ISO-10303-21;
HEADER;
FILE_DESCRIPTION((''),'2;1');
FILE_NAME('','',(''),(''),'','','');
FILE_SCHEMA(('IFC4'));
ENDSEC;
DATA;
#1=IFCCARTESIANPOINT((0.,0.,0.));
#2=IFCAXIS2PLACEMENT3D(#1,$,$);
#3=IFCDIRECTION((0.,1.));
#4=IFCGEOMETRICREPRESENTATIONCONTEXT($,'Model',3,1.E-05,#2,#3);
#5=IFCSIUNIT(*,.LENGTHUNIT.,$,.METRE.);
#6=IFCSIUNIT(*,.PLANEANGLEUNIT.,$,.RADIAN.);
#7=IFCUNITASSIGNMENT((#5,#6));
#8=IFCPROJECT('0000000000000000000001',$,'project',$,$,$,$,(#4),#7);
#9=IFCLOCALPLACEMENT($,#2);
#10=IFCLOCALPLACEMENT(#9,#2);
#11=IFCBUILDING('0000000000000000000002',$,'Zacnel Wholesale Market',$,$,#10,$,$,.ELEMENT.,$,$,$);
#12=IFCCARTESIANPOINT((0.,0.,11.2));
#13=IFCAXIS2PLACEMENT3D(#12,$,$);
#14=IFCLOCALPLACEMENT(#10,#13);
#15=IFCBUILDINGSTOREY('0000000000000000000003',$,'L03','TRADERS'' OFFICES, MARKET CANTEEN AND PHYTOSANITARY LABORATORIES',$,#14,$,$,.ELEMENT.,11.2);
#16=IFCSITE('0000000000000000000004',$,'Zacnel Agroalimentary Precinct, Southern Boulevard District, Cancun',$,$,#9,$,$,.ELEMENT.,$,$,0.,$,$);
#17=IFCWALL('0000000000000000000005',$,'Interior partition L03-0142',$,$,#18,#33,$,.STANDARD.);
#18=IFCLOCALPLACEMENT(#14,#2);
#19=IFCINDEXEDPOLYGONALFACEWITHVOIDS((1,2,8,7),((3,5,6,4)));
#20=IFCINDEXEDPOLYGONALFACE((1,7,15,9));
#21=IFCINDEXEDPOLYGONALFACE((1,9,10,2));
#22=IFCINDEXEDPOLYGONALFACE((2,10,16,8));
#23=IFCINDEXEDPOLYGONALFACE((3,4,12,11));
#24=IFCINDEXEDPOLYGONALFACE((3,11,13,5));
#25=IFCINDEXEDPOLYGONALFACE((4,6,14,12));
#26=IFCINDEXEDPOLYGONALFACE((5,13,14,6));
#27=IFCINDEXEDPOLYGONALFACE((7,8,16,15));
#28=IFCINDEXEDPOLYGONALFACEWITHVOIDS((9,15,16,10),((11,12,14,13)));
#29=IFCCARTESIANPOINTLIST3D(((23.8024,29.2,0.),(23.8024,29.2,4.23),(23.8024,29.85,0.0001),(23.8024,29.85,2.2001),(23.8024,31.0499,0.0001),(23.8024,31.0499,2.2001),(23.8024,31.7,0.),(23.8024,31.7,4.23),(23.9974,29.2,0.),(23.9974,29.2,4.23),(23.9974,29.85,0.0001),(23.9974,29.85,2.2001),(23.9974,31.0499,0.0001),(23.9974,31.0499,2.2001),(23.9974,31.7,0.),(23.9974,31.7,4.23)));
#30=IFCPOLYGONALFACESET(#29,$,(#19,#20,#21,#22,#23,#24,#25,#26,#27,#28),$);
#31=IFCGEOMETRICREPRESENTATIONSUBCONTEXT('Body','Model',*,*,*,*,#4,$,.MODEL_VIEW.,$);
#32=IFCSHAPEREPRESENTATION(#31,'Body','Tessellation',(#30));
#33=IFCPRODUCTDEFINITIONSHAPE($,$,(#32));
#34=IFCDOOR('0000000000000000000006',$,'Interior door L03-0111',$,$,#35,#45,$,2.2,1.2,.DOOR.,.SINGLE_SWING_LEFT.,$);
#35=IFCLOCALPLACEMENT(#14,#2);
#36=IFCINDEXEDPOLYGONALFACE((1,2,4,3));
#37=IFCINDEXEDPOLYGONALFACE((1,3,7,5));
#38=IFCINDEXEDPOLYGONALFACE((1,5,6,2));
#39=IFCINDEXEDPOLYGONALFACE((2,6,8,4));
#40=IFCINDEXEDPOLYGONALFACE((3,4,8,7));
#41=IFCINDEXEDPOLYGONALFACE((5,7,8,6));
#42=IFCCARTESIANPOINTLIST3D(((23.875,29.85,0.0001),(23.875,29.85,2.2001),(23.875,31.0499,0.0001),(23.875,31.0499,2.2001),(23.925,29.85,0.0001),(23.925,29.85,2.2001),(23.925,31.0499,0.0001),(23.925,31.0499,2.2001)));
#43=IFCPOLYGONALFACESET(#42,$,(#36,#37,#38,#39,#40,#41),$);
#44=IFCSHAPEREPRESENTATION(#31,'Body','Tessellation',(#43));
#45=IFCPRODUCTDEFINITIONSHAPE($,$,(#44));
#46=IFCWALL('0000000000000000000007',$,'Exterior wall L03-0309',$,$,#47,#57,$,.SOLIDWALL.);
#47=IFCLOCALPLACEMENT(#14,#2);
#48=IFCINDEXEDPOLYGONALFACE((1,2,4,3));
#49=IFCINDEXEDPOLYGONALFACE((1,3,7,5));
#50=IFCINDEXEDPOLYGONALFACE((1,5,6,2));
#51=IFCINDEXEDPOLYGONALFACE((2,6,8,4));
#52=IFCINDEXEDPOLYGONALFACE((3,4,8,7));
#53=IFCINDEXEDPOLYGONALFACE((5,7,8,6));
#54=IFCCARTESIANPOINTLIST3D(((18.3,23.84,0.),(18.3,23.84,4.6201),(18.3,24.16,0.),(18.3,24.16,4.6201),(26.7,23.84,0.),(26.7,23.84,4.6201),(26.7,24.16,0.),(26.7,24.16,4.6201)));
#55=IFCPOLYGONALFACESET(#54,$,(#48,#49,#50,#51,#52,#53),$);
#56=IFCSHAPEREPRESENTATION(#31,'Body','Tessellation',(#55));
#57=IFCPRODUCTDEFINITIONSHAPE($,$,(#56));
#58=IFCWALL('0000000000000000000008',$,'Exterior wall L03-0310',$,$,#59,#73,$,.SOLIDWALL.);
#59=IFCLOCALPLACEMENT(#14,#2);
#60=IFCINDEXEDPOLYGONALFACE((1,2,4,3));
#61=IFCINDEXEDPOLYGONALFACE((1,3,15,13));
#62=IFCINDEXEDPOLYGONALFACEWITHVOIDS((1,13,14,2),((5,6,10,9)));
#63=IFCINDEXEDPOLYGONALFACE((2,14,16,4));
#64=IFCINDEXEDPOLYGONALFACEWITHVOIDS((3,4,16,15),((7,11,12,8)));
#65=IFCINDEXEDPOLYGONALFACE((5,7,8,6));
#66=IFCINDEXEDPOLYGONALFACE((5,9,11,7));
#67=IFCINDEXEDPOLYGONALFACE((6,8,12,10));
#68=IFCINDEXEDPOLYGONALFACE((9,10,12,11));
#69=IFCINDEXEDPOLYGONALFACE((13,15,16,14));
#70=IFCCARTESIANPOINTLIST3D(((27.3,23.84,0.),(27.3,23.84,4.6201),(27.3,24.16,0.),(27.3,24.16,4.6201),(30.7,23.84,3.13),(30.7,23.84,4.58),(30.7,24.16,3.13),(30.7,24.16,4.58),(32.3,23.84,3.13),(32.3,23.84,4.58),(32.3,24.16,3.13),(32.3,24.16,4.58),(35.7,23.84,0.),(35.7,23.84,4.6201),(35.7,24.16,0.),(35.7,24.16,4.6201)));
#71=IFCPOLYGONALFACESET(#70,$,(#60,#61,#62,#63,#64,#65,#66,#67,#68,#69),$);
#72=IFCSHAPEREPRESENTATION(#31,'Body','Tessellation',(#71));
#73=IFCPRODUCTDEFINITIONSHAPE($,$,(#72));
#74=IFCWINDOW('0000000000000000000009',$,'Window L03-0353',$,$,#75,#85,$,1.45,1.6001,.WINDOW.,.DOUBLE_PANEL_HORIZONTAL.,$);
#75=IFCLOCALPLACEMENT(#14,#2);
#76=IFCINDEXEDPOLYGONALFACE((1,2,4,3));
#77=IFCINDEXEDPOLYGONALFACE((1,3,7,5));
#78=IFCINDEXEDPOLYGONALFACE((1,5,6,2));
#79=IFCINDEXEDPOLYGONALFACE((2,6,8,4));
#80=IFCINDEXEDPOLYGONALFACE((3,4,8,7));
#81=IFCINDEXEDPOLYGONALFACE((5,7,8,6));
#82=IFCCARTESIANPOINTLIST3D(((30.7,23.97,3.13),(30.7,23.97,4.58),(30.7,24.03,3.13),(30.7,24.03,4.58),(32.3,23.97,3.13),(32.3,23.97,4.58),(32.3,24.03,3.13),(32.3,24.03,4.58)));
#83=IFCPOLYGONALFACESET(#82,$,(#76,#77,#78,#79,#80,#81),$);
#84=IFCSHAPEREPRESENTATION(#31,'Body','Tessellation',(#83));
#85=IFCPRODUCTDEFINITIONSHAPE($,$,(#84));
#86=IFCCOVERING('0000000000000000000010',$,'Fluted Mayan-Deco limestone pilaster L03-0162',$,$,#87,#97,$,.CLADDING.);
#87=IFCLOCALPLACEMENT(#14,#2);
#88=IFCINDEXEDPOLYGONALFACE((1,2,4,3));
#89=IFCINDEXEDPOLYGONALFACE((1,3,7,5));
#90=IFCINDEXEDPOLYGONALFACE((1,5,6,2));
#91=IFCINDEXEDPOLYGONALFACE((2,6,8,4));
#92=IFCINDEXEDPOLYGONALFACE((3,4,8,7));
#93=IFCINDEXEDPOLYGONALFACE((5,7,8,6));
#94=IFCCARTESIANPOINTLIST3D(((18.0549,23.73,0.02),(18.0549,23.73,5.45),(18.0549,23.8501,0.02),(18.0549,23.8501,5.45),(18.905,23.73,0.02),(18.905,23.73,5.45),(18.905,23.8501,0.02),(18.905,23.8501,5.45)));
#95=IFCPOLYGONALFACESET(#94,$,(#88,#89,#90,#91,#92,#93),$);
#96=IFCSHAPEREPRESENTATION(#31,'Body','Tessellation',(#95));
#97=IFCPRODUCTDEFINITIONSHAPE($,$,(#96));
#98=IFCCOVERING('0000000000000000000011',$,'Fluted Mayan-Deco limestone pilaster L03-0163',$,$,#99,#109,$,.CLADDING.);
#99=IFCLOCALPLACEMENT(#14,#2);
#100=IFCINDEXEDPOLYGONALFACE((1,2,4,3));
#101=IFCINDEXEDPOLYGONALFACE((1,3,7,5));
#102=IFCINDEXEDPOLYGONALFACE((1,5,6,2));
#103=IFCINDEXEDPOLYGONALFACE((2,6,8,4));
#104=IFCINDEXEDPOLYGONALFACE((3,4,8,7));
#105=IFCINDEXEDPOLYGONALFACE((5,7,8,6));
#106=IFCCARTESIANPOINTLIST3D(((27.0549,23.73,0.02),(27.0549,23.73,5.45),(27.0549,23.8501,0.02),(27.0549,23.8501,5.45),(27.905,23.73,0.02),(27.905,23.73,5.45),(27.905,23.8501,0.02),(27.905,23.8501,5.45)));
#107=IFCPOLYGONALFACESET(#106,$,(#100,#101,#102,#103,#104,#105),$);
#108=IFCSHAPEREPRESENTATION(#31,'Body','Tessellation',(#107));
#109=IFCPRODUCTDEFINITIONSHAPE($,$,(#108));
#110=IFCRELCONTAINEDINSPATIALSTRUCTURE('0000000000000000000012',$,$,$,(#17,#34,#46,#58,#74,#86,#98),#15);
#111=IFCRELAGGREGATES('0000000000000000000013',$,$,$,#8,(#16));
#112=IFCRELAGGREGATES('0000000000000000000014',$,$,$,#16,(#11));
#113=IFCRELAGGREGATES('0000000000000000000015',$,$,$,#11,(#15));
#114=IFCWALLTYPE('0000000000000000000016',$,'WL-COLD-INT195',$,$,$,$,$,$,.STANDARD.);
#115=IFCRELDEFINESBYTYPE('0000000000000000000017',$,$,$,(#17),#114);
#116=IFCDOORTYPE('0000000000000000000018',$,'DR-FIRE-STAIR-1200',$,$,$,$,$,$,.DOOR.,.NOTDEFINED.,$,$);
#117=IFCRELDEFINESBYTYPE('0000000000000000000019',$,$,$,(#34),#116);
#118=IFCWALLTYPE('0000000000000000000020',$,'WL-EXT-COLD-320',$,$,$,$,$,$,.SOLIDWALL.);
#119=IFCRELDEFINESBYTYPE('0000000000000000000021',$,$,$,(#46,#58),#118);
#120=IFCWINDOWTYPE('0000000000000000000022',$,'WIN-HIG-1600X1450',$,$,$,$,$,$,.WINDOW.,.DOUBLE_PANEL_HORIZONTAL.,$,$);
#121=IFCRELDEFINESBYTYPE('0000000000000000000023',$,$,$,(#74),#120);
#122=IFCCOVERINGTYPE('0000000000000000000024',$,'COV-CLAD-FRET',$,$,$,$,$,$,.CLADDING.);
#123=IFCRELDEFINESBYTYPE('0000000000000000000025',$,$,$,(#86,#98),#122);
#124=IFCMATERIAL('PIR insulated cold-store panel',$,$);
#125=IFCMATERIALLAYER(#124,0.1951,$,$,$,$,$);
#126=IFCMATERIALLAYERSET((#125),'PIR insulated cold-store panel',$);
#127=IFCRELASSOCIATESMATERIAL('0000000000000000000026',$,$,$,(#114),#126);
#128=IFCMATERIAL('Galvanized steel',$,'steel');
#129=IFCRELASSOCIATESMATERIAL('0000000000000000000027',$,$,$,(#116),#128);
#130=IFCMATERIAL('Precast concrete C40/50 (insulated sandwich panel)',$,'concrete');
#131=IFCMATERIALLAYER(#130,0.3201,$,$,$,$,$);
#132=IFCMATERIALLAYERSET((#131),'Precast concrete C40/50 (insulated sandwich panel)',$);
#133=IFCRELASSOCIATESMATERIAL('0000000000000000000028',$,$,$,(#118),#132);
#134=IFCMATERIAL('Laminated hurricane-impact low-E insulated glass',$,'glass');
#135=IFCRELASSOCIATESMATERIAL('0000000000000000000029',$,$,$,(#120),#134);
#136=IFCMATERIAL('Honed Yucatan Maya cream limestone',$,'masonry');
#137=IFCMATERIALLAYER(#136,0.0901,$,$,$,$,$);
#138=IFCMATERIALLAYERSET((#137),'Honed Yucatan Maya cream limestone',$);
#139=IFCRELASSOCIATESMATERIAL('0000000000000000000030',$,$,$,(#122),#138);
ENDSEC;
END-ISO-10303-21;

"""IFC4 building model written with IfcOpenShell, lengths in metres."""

from ifc_helpers import new_model, si_unit, direction, frame, frame_2d, origin, origin_2d, place, context, subcontext, project, spatial, rectangle, extrude, material, layer, layer_set, type_object, element, fill, save


model = new_model("IFC4")

# Units and contexts
model_context = context("Model", 3, precision=1e-05, world=origin(), true_north=direction((0.0, 1.0)))
body_context = subcontext(model_context, "Body", "Model", "MODEL_VIEW")
ifc_project = project(units=[si_unit("LENGTHUNIT", "METRE"), si_unit("PLANEANGLEUNIT", "RADIAN")], contexts=[model_context])

# Site, building, storey
site_placement = place(None, origin())
site = spatial("IfcSite", under=ifc_project, at=site_placement, Name="Zacnel Agroalimentary Precinct, Southern Boulevard District, Cancun", CompositionType="ELEMENT", RefElevation=0.0)
building_placement = place(site_placement, origin())
building = spatial("IfcBuilding", under=site, at=building_placement, Name="Zacnel Wholesale Market", CompositionType="ELEMENT")
storey_placement = place(building_placement, frame((0.0, 0.0, 11.2)))
storey = spatial("IfcBuildingStorey", under=building, at=storey_placement, Name="L03", Description="TRADERS' OFFICES, MARKET CANTEEN AND PHYTOSANITARY LABORATORIES", CompositionType="ELEMENT", Elevation=11.2)

# Wall, opening, door
ifc_material_1 = material(Name="PIR insulated cold-store panel")
ifc_layer_1 = layer(ifc_material_1, 0.1951)
ifc_layer_set_1 = layer_set([ifc_layer_1], Name="PIR insulated cold-store panel")
wall_type_1 = type_object("IfcWallType", Name="WL-COLD-INT195", PredefinedType="STANDARD", material=ifc_layer_set_1)
wall_1_placement = place(storey_placement, frame((23.8999, 29.2, 0.0), z_axis=(0.0, 0.0, 1.0), x_axis=(0.0, 1.0, 0.0)))
wall_1 = element("IfcWall", 1, at=wall_1_placement, inside=storey, type_object=wall_type_1, Name="Interior partition L03-0142", PredefinedType="STANDARD", context=body_context, shape_type="SweptSolid", body=[
    extrude(rectangle(XDim=2.5, YDim=0.1951, at=frame_2d((1.25, 0.0))), origin(), (0.0, 0.0, 1.0), 4.23),
])
opening_1_placement = place(wall_1_placement, frame((0.6499, 0.0, 0.0)))
opening_1 = element("IfcOpeningElement", 2, at=opening_1_placement, cuts=wall_1, PredefinedType="OPENING", context=body_context, shape_type="SweptSolid", body=[
    extrude(rectangle(XDim=1.2, YDim=2.2, at=frame_2d((0.6001, 1.1001))), frame((0.0, 0.1074, 0.0), z_axis=(0.0, -1.0, 0.0), x_axis=(1.0, 0.0, 0.0)), (0.0, 0.0, 1.0), 0.2151),
])
ifc_material_2 = material(Name="Galvanized steel", Category="steel")
door_type_1 = type_object("IfcDoorType", Name="DR-FIRE-STAIR-1200", OperationType="NOTDEFINED", PredefinedType="DOOR", material=ifc_material_2)
door_1_placement = place(opening_1_placement, origin())
door_1 = element("IfcDoor", 3, at=door_1_placement, inside=storey, type_object=door_type_1, Name="Interior door L03-0111", OperationType="SINGLE_SWING_LEFT", OverallHeight=2.2, OverallWidth=1.2, PredefinedType="DOOR", context=body_context, shape_type="SweptSolid", body=[
    extrude(rectangle(XDim=1.2, YDim=2.2, at=frame_2d((0.6001, 1.1001))), frame((0.0, 0.0249, 0.0), z_axis=(0.0, -1.0, 0.0), x_axis=(1.0, 0.0, 0.0)), (0.0, 0.0, 1.0), 0.05),
])
fill(opening_1, door_1)

# Wall
ifc_material_3 = material(Name="Precast concrete C40/50 (insulated sandwich panel)", Category="concrete")
ifc_layer_2 = layer(ifc_material_3, 0.3201)
ifc_layer_set_2 = layer_set([ifc_layer_2], Name="Precast concrete C40/50 (insulated sandwich panel)")
wall_type_2 = type_object("IfcWallType", Name="WL-EXT-COLD-320", PredefinedType="SOLIDWALL", material=ifc_layer_set_2)
wall_2_placement = place(storey_placement, frame((18.3, 24.0, 0.0), z_axis=(0.0, 0.0, 1.0), x_axis=(1.0, 0.0, 0.0)))
element("IfcWall", 4, at=wall_2_placement, inside=storey, type_object=wall_type_2, Name="Exterior wall L03-0309", PredefinedType="SOLIDWALL", context=body_context, shape_type="SweptSolid", body=[
    extrude(rectangle(XDim=8.3999, YDim=0.3201, at=frame_2d((4.2, 0.0))), origin(), (0.0, 0.0, 1.0), 4.6201),
])

# Wall, opening, window
wall_3_placement = place(storey_placement, frame((27.3, 24.0, 0.0), z_axis=(0.0, 0.0, 1.0), x_axis=(1.0, 0.0, 0.0)))
wall_3 = element("IfcWall", 5, at=wall_3_placement, inside=storey, type_object=wall_type_2, Name="Exterior wall L03-0310", PredefinedType="SOLIDWALL", context=body_context, shape_type="SweptSolid", body=[
    extrude(rectangle(XDim=8.3999, YDim=0.3201, at=frame_2d((4.2, 0.0))), origin(), (0.0, 0.0, 1.0), 4.6201),
])
opening_2_placement = place(wall_3_placement, frame((3.3999, 0.0, 3.1299)))
opening_2 = element("IfcOpeningElement", 6, at=opening_2_placement, cuts=wall_3, PredefinedType="OPENING", context=body_context, shape_type="SweptSolid", body=[
    extrude(rectangle(XDim=1.6001, YDim=1.45, at=frame_2d((0.8, 0.7251))), frame((0.0, 0.1699, 0.0), z_axis=(0.0, -1.0, 0.0), x_axis=(1.0, 0.0, 0.0)), (0.0, 0.0, 1.0), 0.3401),
])
ifc_material_4 = material(Name="Laminated hurricane-impact low-E insulated glass", Category="glass")
window_type = type_object("IfcWindowType", Name="WIN-HIG-1600X1450", PartitioningType="DOUBLE_PANEL_HORIZONTAL", PredefinedType="WINDOW", material=ifc_material_4)
window_placement = place(opening_2_placement, origin())
window = element("IfcWindow", 7, at=window_placement, inside=storey, type_object=window_type, Name="Window L03-0353", OverallHeight=1.45, OverallWidth=1.6001, PartitioningType="DOUBLE_PANEL_HORIZONTAL", PredefinedType="WINDOW", context=body_context, shape_type="SweptSolid", body=[
    extrude(rectangle(XDim=1.6001, YDim=1.45, at=frame_2d((0.8, 0.7251))), frame((0.0, 0.03, 0.0), z_axis=(0.0, -1.0, 0.0), x_axis=(1.0, 0.0, 0.0)), (0.0, 0.0, 1.0), 0.0601),
])
fill(opening_2, window)

# Coverings
ifc_material_5 = material(Name="Honed Yucatan Maya cream limestone", Category="masonry")
ifc_layer_3 = layer(ifc_material_5, 0.0901)
ifc_layer_set_3 = layer_set([ifc_layer_3], Name="Honed Yucatan Maya cream limestone")
covering_type = type_object("IfcCoveringType", Name="COV-CLAD-FRET", PredefinedType="CLADDING", material=ifc_layer_set_3)
for number, where, z_axis, x_axis, name in (
    (8, (18.48, 23.79, 0.02), (0.0, 0.0, 1.0), (1.0, 0.0, 0.0), "Fluted Mayan-Deco limestone pilaster L03-0162"),
    (9, (27.48, 23.79, 0.02), (0.0, 0.0, 1.0), (1.0, 0.0, 0.0), "Fluted Mayan-Deco limestone pilaster L03-0163"),
):
    element("IfcCovering", number, at=place(storey_placement, frame(where, z_axis=z_axis, x_axis=x_axis)), inside=storey, type_object=covering_type, Name=name, PredefinedType="CLADDING", context=body_context, shape_type="SweptSolid", body=[
        extrude(rectangle(XDim=0.8501, YDim=0.1201, at=origin_2d()), origin(), (0.0, 0.0, 1.0), 5.4299),
    ])

save(model, "model.ifc")
